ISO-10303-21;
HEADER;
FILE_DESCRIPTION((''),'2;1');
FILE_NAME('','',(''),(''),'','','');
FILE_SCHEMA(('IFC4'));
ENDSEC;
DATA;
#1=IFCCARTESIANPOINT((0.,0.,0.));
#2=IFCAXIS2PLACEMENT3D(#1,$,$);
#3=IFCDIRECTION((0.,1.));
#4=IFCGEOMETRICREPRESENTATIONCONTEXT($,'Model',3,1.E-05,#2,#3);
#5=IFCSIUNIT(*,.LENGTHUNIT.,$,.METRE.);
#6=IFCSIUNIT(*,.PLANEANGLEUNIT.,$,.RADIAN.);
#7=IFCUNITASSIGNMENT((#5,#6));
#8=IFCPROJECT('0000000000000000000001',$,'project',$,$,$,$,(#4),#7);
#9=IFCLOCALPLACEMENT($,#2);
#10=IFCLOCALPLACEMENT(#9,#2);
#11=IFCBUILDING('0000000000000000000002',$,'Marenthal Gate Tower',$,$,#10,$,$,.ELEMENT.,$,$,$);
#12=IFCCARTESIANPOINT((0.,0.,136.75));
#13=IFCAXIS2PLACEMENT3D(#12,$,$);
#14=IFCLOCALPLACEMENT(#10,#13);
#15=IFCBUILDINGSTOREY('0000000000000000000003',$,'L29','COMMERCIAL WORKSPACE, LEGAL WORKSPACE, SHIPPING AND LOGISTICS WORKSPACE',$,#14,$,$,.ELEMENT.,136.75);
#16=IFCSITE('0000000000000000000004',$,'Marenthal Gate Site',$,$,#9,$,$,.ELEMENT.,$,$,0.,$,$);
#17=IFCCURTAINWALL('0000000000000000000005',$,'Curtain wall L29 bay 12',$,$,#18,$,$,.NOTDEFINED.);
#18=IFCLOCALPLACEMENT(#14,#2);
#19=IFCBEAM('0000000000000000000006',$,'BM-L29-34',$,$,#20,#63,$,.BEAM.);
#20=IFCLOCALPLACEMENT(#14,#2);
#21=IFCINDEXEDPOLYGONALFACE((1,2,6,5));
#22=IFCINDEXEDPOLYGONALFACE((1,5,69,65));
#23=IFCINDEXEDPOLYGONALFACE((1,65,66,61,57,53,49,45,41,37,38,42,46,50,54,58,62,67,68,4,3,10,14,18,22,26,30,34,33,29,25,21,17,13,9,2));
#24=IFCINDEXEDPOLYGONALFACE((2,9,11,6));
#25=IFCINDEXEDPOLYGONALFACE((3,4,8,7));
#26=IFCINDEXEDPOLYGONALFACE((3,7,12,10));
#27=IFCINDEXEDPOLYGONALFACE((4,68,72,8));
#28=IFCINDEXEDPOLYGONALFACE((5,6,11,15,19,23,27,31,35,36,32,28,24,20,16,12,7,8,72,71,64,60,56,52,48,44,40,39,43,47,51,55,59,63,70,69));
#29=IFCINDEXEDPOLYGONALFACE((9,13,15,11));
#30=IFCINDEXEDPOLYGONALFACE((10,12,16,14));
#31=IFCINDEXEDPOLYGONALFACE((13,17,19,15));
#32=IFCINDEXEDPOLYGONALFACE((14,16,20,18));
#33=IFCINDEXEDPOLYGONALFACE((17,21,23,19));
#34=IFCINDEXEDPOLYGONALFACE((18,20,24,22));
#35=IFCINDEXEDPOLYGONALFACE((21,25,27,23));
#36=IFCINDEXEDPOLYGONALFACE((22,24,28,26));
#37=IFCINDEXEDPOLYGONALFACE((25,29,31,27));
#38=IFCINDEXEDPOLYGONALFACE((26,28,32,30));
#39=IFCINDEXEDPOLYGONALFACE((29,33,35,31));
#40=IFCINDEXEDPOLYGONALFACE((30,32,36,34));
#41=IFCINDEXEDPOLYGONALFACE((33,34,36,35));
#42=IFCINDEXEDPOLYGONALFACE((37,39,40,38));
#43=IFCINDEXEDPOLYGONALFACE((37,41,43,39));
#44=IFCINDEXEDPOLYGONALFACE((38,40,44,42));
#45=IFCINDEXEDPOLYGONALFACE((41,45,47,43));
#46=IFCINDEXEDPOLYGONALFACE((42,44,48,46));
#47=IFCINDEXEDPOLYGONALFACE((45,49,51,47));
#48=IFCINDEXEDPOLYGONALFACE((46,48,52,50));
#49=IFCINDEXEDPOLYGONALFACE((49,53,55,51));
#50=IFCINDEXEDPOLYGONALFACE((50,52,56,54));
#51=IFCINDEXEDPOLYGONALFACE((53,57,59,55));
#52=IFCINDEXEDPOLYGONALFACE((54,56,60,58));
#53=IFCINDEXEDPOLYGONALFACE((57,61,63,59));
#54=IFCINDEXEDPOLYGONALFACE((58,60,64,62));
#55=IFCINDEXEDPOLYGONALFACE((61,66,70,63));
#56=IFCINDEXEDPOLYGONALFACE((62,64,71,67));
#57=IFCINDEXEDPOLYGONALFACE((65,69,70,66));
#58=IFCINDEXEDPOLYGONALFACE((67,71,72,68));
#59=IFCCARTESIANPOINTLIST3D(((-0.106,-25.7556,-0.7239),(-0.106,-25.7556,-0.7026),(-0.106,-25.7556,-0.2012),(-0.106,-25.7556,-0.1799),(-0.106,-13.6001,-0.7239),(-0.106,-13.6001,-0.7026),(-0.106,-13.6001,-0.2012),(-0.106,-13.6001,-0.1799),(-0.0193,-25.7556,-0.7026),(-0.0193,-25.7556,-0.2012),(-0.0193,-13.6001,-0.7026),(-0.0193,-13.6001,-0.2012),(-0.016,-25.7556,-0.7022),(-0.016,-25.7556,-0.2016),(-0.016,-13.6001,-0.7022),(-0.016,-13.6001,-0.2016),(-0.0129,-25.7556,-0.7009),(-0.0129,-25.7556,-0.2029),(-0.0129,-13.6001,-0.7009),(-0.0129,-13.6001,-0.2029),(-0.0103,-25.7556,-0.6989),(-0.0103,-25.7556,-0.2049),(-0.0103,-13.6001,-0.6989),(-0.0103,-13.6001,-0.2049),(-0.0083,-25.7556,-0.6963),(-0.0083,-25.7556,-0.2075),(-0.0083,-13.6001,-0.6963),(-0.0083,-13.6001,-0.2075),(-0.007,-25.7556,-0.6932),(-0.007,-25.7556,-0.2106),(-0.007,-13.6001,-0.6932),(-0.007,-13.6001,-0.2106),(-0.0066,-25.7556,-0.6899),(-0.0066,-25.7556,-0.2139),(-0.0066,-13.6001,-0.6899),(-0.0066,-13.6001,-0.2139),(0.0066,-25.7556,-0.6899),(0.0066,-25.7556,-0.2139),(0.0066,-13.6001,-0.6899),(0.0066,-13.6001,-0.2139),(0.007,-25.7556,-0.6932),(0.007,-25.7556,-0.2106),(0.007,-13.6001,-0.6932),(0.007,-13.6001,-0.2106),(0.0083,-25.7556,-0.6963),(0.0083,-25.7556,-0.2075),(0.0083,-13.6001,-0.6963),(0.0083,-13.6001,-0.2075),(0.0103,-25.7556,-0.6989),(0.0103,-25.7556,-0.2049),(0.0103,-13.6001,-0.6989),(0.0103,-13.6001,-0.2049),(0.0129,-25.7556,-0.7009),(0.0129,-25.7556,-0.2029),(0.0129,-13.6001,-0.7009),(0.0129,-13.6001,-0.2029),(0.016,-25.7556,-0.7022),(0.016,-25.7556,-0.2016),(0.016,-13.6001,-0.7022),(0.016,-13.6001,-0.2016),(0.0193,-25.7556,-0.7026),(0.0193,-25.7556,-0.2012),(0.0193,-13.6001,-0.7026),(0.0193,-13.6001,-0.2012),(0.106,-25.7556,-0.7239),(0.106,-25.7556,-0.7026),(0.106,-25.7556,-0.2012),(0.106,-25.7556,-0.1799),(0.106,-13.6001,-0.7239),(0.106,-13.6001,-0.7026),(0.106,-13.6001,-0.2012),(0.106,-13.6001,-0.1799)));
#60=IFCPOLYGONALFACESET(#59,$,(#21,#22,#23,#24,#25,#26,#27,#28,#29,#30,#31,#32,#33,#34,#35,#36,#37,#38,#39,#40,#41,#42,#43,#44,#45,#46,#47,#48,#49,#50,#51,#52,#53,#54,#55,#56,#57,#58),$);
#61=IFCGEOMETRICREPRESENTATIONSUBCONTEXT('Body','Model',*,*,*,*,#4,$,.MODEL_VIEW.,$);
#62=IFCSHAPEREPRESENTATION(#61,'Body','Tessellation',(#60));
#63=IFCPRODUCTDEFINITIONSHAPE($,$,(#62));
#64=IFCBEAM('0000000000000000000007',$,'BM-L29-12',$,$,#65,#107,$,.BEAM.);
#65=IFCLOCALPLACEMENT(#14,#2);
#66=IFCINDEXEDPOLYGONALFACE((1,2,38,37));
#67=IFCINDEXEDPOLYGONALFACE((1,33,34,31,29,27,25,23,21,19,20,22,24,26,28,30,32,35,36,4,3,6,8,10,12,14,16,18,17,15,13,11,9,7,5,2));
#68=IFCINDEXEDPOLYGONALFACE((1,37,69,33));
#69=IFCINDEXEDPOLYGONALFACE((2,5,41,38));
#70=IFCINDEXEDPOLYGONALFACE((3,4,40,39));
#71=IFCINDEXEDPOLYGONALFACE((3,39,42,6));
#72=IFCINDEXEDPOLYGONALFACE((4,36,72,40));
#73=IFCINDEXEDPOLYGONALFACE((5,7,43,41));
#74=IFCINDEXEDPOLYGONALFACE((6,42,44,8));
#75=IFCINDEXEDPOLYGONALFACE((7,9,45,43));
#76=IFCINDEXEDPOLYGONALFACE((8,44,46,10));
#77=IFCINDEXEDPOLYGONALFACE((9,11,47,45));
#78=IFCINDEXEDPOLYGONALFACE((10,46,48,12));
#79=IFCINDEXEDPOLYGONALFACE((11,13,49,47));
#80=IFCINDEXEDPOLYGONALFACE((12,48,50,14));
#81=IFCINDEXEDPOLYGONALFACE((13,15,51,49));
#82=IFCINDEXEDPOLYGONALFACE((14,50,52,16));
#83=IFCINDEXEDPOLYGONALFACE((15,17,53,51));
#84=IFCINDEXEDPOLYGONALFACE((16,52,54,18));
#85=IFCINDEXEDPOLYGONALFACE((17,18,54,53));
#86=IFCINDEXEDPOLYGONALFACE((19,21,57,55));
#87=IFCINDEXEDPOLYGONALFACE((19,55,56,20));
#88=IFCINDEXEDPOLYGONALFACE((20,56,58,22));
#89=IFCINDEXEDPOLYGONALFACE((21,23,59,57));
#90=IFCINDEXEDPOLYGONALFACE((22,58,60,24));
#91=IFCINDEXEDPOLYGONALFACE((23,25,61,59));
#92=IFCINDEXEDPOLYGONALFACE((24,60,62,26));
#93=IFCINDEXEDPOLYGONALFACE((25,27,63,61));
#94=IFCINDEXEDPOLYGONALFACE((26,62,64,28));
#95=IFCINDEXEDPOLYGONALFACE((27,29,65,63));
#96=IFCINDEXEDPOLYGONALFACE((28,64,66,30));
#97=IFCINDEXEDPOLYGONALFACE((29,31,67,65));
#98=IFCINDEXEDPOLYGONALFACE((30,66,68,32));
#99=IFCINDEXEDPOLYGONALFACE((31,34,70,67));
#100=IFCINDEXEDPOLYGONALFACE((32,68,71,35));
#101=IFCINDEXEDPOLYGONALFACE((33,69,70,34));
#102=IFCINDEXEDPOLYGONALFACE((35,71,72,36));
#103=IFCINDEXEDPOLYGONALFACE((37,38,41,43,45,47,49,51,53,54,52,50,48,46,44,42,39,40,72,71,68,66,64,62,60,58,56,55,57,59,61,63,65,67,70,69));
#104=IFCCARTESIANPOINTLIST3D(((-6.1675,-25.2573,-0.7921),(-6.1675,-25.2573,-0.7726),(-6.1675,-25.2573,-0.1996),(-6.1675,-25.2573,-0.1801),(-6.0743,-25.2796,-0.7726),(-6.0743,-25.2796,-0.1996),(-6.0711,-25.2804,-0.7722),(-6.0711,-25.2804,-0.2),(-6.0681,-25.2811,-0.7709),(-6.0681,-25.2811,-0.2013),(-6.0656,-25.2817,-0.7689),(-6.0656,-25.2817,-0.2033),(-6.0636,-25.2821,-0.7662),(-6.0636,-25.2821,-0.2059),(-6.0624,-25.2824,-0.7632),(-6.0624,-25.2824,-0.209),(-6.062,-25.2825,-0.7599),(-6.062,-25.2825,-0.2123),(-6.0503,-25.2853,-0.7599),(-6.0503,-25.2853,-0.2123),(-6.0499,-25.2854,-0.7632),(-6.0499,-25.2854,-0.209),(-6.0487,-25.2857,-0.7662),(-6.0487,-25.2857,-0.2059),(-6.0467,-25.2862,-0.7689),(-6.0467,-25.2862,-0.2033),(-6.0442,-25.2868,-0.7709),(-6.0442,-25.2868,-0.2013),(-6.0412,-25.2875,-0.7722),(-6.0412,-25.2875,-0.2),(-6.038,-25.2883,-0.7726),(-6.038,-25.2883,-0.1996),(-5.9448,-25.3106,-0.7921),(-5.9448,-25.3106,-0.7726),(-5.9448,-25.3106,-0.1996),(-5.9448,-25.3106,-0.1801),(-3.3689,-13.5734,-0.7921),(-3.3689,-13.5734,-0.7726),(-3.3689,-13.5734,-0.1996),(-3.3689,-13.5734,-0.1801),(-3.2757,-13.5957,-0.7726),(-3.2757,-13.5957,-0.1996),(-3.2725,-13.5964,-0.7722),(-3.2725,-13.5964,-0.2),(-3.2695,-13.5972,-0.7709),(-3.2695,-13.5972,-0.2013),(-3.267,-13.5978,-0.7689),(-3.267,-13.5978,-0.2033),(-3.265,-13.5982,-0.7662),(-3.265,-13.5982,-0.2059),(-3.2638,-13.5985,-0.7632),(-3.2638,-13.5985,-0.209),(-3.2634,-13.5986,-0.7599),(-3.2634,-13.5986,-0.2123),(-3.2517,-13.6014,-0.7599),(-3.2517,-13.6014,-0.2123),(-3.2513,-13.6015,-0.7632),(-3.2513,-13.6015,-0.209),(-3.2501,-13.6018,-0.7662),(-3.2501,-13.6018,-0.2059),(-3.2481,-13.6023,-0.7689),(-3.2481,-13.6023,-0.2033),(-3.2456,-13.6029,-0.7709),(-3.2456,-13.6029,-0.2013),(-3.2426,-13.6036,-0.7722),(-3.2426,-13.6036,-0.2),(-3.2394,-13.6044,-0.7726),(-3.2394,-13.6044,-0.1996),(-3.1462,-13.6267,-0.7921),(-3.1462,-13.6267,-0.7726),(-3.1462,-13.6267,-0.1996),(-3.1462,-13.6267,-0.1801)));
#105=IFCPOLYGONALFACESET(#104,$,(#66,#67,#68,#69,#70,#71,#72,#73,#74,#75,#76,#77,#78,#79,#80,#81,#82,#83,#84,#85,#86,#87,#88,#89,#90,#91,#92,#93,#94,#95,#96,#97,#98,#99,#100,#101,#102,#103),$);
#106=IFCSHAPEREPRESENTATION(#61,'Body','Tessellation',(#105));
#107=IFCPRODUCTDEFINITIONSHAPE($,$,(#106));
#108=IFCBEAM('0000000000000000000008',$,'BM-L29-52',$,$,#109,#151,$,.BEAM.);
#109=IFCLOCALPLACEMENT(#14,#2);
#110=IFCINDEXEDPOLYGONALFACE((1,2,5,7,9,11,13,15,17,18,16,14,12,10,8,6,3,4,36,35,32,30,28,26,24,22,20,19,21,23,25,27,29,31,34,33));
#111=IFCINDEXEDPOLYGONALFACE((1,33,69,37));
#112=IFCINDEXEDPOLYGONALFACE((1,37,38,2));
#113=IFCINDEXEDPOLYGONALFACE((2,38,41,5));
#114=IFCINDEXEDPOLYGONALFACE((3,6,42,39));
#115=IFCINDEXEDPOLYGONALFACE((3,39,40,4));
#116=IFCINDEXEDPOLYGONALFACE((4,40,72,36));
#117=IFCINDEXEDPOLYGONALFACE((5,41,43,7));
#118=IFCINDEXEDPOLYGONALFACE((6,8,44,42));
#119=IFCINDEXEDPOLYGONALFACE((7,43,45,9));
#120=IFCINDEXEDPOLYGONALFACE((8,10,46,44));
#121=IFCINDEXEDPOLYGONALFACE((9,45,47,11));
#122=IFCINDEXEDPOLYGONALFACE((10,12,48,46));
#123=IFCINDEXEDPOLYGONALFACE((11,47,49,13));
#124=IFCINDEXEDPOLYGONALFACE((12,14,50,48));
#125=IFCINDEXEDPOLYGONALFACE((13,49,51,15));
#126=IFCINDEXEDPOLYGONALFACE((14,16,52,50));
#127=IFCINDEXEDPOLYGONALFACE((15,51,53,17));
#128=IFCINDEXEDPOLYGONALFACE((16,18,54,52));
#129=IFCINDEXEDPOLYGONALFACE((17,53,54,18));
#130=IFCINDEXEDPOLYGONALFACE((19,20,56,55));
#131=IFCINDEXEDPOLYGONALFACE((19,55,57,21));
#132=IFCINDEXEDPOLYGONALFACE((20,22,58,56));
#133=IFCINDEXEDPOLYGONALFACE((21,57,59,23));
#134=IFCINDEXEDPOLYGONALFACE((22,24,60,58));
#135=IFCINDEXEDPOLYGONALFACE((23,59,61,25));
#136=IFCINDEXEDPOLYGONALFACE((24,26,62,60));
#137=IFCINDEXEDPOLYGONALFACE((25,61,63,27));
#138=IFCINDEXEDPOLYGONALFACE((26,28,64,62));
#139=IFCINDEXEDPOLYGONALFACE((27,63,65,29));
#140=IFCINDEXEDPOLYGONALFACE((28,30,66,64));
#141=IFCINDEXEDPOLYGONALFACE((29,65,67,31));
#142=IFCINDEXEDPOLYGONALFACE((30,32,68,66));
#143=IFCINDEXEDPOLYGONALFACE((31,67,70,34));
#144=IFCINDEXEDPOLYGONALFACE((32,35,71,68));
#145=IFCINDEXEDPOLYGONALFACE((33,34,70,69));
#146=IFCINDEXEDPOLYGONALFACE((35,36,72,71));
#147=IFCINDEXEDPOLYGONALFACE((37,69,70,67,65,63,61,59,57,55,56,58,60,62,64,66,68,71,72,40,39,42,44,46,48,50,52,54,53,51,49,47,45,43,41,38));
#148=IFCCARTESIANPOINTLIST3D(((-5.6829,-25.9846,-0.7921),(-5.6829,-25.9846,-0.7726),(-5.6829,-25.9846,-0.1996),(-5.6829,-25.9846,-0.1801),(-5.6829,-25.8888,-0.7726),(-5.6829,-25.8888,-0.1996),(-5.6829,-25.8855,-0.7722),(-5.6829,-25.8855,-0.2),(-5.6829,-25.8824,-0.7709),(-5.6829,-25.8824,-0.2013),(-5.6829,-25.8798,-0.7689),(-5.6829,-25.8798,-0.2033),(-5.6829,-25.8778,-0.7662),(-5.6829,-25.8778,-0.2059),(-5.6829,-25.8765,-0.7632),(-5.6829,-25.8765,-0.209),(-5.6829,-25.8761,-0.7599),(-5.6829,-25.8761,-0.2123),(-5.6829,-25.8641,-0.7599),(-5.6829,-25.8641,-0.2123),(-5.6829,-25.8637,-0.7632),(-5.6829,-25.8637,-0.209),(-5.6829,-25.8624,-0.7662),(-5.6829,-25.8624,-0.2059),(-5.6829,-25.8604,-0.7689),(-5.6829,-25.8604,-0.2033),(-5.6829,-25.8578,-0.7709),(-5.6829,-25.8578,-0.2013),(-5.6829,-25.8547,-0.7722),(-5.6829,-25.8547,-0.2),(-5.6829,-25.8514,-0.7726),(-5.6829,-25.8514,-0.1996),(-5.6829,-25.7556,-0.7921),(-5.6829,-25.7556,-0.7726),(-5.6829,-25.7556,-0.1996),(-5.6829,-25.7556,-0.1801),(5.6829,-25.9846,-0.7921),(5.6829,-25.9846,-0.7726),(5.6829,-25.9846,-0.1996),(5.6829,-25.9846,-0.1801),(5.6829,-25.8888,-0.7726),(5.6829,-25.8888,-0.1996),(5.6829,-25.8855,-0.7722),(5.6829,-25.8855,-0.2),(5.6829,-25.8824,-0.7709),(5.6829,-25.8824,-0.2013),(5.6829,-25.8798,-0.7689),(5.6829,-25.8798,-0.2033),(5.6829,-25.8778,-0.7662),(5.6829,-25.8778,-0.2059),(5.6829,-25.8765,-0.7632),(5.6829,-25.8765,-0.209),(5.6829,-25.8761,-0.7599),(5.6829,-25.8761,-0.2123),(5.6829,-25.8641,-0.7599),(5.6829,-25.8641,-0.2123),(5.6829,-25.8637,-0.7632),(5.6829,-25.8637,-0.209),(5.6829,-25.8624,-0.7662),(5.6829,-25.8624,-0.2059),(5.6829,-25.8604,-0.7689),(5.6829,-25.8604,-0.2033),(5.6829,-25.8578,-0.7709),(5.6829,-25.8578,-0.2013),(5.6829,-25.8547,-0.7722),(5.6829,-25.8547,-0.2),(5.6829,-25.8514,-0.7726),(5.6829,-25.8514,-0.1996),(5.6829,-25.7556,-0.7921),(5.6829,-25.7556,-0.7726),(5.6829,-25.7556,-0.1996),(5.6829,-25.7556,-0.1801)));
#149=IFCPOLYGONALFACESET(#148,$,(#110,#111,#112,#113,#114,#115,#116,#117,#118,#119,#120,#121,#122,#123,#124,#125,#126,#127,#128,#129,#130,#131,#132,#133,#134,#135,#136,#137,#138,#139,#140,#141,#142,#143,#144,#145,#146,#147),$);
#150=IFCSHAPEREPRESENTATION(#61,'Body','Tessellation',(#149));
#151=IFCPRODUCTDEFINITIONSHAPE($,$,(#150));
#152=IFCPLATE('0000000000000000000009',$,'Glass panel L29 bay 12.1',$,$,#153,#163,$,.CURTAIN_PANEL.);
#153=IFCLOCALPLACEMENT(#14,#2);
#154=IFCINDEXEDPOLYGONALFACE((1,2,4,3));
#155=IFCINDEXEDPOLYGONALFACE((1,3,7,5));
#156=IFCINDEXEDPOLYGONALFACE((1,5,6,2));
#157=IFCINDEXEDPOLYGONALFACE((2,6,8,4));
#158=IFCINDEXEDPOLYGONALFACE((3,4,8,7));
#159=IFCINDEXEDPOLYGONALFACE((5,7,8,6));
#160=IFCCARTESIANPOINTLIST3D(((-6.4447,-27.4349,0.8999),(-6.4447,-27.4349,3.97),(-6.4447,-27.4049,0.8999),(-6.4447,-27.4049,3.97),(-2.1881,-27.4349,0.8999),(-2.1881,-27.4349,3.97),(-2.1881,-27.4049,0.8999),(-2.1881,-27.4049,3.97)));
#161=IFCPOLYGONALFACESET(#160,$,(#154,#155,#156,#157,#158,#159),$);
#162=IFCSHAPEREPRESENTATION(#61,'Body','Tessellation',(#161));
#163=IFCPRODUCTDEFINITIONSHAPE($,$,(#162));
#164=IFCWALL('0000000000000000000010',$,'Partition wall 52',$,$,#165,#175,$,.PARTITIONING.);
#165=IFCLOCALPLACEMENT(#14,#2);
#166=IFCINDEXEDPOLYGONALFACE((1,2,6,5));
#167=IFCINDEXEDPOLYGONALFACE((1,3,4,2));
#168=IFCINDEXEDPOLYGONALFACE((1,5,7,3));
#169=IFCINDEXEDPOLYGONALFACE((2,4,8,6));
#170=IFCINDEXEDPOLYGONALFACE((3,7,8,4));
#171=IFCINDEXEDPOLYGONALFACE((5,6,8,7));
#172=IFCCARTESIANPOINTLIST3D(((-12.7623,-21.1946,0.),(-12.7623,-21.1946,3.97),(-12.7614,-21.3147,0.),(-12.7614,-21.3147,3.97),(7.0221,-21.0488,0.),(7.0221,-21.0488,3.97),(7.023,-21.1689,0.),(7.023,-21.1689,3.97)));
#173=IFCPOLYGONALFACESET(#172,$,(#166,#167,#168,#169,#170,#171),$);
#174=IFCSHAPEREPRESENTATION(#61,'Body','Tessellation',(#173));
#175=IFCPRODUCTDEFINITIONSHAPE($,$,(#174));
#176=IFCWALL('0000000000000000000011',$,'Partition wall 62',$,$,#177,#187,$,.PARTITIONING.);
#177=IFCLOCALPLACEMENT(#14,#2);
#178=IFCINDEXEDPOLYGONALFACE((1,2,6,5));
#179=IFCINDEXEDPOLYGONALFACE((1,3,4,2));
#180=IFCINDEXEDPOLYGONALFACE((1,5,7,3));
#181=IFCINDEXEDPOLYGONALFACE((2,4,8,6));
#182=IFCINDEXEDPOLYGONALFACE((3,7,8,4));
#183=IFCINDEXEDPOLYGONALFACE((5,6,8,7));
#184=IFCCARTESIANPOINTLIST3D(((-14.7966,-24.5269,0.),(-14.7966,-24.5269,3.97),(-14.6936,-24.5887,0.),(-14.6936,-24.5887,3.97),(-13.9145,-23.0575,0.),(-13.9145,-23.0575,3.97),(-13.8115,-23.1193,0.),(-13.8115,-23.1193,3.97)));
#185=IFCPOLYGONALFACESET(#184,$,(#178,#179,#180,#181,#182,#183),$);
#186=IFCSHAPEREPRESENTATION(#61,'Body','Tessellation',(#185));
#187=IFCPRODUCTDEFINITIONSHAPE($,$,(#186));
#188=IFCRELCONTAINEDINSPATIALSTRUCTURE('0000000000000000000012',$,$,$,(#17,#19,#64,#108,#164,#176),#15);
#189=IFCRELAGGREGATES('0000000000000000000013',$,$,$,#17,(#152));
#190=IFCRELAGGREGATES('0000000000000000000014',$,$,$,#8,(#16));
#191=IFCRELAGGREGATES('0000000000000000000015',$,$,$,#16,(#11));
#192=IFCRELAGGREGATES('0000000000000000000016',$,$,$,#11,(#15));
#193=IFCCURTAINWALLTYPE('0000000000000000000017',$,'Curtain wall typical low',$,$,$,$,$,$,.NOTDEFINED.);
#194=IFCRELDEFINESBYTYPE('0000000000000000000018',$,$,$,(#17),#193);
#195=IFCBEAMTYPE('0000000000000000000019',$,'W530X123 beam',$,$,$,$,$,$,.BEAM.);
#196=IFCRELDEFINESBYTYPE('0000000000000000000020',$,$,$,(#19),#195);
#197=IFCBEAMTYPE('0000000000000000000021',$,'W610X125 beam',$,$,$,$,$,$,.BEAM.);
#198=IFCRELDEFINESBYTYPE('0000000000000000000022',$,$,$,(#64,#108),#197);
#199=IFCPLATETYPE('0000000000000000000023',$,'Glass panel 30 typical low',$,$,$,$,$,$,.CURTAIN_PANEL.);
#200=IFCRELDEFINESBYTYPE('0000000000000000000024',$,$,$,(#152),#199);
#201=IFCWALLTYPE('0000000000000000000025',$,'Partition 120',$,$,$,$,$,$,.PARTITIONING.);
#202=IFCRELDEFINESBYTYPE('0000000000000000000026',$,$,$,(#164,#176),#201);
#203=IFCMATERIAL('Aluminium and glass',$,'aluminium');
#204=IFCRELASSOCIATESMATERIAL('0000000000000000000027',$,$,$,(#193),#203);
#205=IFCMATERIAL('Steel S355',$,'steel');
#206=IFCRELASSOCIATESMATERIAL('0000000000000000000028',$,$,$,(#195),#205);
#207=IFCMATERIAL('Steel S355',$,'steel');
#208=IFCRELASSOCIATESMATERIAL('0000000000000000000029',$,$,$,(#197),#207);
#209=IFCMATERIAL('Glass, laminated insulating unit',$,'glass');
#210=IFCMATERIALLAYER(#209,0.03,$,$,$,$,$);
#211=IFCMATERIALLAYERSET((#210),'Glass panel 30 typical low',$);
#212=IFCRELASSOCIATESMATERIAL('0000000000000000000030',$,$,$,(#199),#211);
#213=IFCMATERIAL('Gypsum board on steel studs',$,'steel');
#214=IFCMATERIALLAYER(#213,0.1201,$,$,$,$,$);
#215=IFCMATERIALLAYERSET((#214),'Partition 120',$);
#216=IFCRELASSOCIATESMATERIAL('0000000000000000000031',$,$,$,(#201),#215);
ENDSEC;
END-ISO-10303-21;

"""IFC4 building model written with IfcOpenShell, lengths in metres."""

from ifc_helpers import new_model, si_unit, direction, frame, frame_2d, origin, origin_2d, place, context, subcontext, project, spatial, rectangle, i_section, extrude, material, layer, layer_set, material_profile, profile_set, type_object, element, aggregate, save


model = new_model("IFC4")

# Units and contexts
model_context = context("Model", 3, precision=1e-05, world=origin(), true_north=direction((0.0, 1.0)))
body_context = subcontext(model_context, "Body", "Model", "MODEL_VIEW")
ifc_project = project(units=[si_unit("LENGTHUNIT", "METRE"), si_unit("PLANEANGLEUNIT", "RADIAN")], contexts=[model_context])

# Site, building, storey
site_placement = place(None, origin())
site = spatial("IfcSite", under=ifc_project, at=site_placement, Name="Marenthal Gate Site", CompositionType="ELEMENT", RefElevation=0.0)
building_placement = place(site_placement, origin())
building = spatial("IfcBuilding", under=site, at=building_placement, Name="Marenthal Gate Tower", CompositionType="ELEMENT")
storey_placement = place(building_placement, frame((0.0, 0.0, 136.75)))
storey = spatial("IfcBuildingStorey", under=building, at=storey_placement, Name="L29", Description="COMMERCIAL WORKSPACE, LEGAL WORKSPACE, SHIPPING AND LOGISTICS WORKSPACE", CompositionType="ELEMENT", Elevation=136.75)

# Curtain wall
ifc_material_1 = material(Name="Aluminium and glass", Category="aluminium")
curtain_wall_type = type_object("IfcCurtainWallType", Name="Curtain wall typical low", PredefinedType="NOTDEFINED", material=ifc_material_1)
curtain_wall_placement = place(storey_placement, origin())
curtain_wall = element("IfcCurtainWall", 1, at=curtain_wall_placement, inside=storey, type_object=curtain_wall_type, Name="Curtain wall L29 bay 12", PredefinedType="NOTDEFINED")

# Beams
ifc_material_2 = material(Name="Steel S355", Category="steel")
ifc_material_profile_1 = material_profile(ifc_material_2, i_section(OverallWidth=0.2119, OverallDepth=0.5439, WebThickness=0.0132, FlangeThickness=0.0212, FilletRadius=0.0127, at=origin_2d()), Name="W530X123")
ifc_profile_set_1 = profile_set([ifc_material_profile_1], Name="Steel S355")
beam_type_1 = type_object("IfcBeamType", Name="W530X123 beam", PredefinedType="BEAM", material=ifc_profile_set_1)
beam_1_placement = place(storey_placement, frame((0.0, -25.7556, -0.4519), z_axis=(0.0, 1.0, 0.0), x_axis=(-1.0, 0.0, 0.0)))
element("IfcBeam", 2, at=beam_1_placement, inside=storey, type_object=beam_type_1, Name="BM-L29-34", PredefinedType="BEAM", context=body_context, shape_type="SweptSolid", body=[
    extrude(i_section(OverallWidth=0.2119, OverallDepth=0.5439, WebThickness=0.0132, FlangeThickness=0.0212, FilletRadius=0.0127, at=origin_2d()), origin(), (0.0, 0.0, 1.0), 12.1555),
])
ifc_material_3 = material(Name="Steel S355", Category="steel")
ifc_material_profile_2 = material_profile(ifc_material_3, i_section(OverallWidth=0.229, OverallDepth=0.6121, WebThickness=0.012, FlangeThickness=0.0195, FilletRadius=0.0127, at=origin_2d()), Name="W610X125")
ifc_profile_set_2 = profile_set([ifc_material_profile_2], Name="Steel S355")
beam_type_2 = type_object("IfcBeamType", Name="W610X125 beam", PredefinedType="BEAM", material=ifc_profile_set_2)
beam_2_placement = place(storey_placement, frame((-6.0562, -25.2839, -0.4861), z_axis=(0.232937, 0.972492, 0.0), x_axis=(-0.972492, 0.232937, 0.0)))
element("IfcBeam", 3, at=beam_2_placement, inside=storey, type_object=beam_type_2, Name="BM-L29-12", PredefinedType="BEAM", context=body_context, shape_type="SweptSolid", body=[
    extrude(i_section(OverallWidth=0.229, OverallDepth=0.6121, WebThickness=0.012, FlangeThickness=0.0195, FilletRadius=0.0127, at=origin_2d()), origin(), (0.0, 0.0, 1.0), 12.0144),
])
beam_3_placement = place(storey_placement, frame((-5.6829, -25.8701, -0.4861), z_axis=(1.0, 0.0, 0.0), x_axis=(0.0, 1.0, 0.0)))
element("IfcBeam", 4, at=beam_3_placement, inside=storey, type_object=beam_type_2, Name="BM-L29-52", PredefinedType="BEAM", context=body_context, shape_type="SweptSolid", body=[
    extrude(i_section(OverallWidth=0.229, OverallDepth=0.6121, WebThickness=0.012, FlangeThickness=0.0195, FilletRadius=0.0127, at=origin_2d()), origin(), (0.0, 0.0, 1.0), 11.3657),
])

# Plate
ifc_material_4 = material(Name="Glass, laminated insulating unit", Category="glass")
ifc_layer_1 = layer(ifc_material_4, 0.03)
ifc_layer_set_1 = layer_set([ifc_layer_1], Name="Glass panel 30 typical low")
plate_type = type_object("IfcPlateType", Name="Glass panel 30 typical low", PredefinedType="CURTAIN_PANEL", material=ifc_layer_set_1)
plate_placement = place(storey_placement, frame((-4.3164, -27.4199, 0.8999), z_axis=(0.0, 0.0, 1.0), x_axis=(1.0, 0.0, 0.0)))
plate = element("IfcPlate", 5, at=plate_placement, type_object=plate_type, Name="Glass panel L29 bay 12.1", PredefinedType="CURTAIN_PANEL", context=body_context, shape_type="SweptSolid", body=[
    extrude(rectangle(XDim=4.2566, YDim=0.03, at=origin_2d()), origin(), (0.0, 0.0, 1.0), 3.0701),
])
aggregate(curtain_wall, [plate])

# Walls
ifc_material_5 = material(Name="Gypsum board on steel studs", Category="steel")
ifc_layer_2 = layer(ifc_material_5, 0.1201)
ifc_layer_set_2 = layer_set([ifc_layer_2], Name="Partition 120")
wall_type = type_object("IfcWallType", Name="Partition 120", PredefinedType="PARTITIONING", material=ifc_layer_set_2)
wall_1_placement = place(storey_placement, frame((-12.762, -21.2546, 0.0), z_axis=(0.0, 0.0, 1.0), x_axis=(0.999973, 0.007367, 0.0)))
element("IfcWall", 6, at=wall_1_placement, inside=storey, type_object=wall_type, Name="Partition wall 52", PredefinedType="PARTITIONING", context=body_context, shape_type="SweptSolid", body=[
    extrude(rectangle(XDim=19.7849, YDim=0.1201, at=frame_2d((9.8926, 0.0))), origin(), (0.0, 0.0, 1.0), 3.97),
])
wall_2_placement = place(storey_placement, frame((-13.863, -23.0884, 0.0), z_axis=(0.0, 0.0, 1.0), x_axis=(-0.514663, -0.857392, 0.0)))
element("IfcWall", 7, at=wall_2_placement, inside=storey, type_object=wall_type, Name="Partition wall 62", PredefinedType="PARTITIONING", context=body_context, shape_type="SweptSolid", body=[
    extrude(rectangle(XDim=1.7139, YDim=0.1201, at=frame_2d((0.8569, 0.0))), origin(), (0.0, 0.0, 1.0), 3.97),
])

save(model, "model.ifc")
